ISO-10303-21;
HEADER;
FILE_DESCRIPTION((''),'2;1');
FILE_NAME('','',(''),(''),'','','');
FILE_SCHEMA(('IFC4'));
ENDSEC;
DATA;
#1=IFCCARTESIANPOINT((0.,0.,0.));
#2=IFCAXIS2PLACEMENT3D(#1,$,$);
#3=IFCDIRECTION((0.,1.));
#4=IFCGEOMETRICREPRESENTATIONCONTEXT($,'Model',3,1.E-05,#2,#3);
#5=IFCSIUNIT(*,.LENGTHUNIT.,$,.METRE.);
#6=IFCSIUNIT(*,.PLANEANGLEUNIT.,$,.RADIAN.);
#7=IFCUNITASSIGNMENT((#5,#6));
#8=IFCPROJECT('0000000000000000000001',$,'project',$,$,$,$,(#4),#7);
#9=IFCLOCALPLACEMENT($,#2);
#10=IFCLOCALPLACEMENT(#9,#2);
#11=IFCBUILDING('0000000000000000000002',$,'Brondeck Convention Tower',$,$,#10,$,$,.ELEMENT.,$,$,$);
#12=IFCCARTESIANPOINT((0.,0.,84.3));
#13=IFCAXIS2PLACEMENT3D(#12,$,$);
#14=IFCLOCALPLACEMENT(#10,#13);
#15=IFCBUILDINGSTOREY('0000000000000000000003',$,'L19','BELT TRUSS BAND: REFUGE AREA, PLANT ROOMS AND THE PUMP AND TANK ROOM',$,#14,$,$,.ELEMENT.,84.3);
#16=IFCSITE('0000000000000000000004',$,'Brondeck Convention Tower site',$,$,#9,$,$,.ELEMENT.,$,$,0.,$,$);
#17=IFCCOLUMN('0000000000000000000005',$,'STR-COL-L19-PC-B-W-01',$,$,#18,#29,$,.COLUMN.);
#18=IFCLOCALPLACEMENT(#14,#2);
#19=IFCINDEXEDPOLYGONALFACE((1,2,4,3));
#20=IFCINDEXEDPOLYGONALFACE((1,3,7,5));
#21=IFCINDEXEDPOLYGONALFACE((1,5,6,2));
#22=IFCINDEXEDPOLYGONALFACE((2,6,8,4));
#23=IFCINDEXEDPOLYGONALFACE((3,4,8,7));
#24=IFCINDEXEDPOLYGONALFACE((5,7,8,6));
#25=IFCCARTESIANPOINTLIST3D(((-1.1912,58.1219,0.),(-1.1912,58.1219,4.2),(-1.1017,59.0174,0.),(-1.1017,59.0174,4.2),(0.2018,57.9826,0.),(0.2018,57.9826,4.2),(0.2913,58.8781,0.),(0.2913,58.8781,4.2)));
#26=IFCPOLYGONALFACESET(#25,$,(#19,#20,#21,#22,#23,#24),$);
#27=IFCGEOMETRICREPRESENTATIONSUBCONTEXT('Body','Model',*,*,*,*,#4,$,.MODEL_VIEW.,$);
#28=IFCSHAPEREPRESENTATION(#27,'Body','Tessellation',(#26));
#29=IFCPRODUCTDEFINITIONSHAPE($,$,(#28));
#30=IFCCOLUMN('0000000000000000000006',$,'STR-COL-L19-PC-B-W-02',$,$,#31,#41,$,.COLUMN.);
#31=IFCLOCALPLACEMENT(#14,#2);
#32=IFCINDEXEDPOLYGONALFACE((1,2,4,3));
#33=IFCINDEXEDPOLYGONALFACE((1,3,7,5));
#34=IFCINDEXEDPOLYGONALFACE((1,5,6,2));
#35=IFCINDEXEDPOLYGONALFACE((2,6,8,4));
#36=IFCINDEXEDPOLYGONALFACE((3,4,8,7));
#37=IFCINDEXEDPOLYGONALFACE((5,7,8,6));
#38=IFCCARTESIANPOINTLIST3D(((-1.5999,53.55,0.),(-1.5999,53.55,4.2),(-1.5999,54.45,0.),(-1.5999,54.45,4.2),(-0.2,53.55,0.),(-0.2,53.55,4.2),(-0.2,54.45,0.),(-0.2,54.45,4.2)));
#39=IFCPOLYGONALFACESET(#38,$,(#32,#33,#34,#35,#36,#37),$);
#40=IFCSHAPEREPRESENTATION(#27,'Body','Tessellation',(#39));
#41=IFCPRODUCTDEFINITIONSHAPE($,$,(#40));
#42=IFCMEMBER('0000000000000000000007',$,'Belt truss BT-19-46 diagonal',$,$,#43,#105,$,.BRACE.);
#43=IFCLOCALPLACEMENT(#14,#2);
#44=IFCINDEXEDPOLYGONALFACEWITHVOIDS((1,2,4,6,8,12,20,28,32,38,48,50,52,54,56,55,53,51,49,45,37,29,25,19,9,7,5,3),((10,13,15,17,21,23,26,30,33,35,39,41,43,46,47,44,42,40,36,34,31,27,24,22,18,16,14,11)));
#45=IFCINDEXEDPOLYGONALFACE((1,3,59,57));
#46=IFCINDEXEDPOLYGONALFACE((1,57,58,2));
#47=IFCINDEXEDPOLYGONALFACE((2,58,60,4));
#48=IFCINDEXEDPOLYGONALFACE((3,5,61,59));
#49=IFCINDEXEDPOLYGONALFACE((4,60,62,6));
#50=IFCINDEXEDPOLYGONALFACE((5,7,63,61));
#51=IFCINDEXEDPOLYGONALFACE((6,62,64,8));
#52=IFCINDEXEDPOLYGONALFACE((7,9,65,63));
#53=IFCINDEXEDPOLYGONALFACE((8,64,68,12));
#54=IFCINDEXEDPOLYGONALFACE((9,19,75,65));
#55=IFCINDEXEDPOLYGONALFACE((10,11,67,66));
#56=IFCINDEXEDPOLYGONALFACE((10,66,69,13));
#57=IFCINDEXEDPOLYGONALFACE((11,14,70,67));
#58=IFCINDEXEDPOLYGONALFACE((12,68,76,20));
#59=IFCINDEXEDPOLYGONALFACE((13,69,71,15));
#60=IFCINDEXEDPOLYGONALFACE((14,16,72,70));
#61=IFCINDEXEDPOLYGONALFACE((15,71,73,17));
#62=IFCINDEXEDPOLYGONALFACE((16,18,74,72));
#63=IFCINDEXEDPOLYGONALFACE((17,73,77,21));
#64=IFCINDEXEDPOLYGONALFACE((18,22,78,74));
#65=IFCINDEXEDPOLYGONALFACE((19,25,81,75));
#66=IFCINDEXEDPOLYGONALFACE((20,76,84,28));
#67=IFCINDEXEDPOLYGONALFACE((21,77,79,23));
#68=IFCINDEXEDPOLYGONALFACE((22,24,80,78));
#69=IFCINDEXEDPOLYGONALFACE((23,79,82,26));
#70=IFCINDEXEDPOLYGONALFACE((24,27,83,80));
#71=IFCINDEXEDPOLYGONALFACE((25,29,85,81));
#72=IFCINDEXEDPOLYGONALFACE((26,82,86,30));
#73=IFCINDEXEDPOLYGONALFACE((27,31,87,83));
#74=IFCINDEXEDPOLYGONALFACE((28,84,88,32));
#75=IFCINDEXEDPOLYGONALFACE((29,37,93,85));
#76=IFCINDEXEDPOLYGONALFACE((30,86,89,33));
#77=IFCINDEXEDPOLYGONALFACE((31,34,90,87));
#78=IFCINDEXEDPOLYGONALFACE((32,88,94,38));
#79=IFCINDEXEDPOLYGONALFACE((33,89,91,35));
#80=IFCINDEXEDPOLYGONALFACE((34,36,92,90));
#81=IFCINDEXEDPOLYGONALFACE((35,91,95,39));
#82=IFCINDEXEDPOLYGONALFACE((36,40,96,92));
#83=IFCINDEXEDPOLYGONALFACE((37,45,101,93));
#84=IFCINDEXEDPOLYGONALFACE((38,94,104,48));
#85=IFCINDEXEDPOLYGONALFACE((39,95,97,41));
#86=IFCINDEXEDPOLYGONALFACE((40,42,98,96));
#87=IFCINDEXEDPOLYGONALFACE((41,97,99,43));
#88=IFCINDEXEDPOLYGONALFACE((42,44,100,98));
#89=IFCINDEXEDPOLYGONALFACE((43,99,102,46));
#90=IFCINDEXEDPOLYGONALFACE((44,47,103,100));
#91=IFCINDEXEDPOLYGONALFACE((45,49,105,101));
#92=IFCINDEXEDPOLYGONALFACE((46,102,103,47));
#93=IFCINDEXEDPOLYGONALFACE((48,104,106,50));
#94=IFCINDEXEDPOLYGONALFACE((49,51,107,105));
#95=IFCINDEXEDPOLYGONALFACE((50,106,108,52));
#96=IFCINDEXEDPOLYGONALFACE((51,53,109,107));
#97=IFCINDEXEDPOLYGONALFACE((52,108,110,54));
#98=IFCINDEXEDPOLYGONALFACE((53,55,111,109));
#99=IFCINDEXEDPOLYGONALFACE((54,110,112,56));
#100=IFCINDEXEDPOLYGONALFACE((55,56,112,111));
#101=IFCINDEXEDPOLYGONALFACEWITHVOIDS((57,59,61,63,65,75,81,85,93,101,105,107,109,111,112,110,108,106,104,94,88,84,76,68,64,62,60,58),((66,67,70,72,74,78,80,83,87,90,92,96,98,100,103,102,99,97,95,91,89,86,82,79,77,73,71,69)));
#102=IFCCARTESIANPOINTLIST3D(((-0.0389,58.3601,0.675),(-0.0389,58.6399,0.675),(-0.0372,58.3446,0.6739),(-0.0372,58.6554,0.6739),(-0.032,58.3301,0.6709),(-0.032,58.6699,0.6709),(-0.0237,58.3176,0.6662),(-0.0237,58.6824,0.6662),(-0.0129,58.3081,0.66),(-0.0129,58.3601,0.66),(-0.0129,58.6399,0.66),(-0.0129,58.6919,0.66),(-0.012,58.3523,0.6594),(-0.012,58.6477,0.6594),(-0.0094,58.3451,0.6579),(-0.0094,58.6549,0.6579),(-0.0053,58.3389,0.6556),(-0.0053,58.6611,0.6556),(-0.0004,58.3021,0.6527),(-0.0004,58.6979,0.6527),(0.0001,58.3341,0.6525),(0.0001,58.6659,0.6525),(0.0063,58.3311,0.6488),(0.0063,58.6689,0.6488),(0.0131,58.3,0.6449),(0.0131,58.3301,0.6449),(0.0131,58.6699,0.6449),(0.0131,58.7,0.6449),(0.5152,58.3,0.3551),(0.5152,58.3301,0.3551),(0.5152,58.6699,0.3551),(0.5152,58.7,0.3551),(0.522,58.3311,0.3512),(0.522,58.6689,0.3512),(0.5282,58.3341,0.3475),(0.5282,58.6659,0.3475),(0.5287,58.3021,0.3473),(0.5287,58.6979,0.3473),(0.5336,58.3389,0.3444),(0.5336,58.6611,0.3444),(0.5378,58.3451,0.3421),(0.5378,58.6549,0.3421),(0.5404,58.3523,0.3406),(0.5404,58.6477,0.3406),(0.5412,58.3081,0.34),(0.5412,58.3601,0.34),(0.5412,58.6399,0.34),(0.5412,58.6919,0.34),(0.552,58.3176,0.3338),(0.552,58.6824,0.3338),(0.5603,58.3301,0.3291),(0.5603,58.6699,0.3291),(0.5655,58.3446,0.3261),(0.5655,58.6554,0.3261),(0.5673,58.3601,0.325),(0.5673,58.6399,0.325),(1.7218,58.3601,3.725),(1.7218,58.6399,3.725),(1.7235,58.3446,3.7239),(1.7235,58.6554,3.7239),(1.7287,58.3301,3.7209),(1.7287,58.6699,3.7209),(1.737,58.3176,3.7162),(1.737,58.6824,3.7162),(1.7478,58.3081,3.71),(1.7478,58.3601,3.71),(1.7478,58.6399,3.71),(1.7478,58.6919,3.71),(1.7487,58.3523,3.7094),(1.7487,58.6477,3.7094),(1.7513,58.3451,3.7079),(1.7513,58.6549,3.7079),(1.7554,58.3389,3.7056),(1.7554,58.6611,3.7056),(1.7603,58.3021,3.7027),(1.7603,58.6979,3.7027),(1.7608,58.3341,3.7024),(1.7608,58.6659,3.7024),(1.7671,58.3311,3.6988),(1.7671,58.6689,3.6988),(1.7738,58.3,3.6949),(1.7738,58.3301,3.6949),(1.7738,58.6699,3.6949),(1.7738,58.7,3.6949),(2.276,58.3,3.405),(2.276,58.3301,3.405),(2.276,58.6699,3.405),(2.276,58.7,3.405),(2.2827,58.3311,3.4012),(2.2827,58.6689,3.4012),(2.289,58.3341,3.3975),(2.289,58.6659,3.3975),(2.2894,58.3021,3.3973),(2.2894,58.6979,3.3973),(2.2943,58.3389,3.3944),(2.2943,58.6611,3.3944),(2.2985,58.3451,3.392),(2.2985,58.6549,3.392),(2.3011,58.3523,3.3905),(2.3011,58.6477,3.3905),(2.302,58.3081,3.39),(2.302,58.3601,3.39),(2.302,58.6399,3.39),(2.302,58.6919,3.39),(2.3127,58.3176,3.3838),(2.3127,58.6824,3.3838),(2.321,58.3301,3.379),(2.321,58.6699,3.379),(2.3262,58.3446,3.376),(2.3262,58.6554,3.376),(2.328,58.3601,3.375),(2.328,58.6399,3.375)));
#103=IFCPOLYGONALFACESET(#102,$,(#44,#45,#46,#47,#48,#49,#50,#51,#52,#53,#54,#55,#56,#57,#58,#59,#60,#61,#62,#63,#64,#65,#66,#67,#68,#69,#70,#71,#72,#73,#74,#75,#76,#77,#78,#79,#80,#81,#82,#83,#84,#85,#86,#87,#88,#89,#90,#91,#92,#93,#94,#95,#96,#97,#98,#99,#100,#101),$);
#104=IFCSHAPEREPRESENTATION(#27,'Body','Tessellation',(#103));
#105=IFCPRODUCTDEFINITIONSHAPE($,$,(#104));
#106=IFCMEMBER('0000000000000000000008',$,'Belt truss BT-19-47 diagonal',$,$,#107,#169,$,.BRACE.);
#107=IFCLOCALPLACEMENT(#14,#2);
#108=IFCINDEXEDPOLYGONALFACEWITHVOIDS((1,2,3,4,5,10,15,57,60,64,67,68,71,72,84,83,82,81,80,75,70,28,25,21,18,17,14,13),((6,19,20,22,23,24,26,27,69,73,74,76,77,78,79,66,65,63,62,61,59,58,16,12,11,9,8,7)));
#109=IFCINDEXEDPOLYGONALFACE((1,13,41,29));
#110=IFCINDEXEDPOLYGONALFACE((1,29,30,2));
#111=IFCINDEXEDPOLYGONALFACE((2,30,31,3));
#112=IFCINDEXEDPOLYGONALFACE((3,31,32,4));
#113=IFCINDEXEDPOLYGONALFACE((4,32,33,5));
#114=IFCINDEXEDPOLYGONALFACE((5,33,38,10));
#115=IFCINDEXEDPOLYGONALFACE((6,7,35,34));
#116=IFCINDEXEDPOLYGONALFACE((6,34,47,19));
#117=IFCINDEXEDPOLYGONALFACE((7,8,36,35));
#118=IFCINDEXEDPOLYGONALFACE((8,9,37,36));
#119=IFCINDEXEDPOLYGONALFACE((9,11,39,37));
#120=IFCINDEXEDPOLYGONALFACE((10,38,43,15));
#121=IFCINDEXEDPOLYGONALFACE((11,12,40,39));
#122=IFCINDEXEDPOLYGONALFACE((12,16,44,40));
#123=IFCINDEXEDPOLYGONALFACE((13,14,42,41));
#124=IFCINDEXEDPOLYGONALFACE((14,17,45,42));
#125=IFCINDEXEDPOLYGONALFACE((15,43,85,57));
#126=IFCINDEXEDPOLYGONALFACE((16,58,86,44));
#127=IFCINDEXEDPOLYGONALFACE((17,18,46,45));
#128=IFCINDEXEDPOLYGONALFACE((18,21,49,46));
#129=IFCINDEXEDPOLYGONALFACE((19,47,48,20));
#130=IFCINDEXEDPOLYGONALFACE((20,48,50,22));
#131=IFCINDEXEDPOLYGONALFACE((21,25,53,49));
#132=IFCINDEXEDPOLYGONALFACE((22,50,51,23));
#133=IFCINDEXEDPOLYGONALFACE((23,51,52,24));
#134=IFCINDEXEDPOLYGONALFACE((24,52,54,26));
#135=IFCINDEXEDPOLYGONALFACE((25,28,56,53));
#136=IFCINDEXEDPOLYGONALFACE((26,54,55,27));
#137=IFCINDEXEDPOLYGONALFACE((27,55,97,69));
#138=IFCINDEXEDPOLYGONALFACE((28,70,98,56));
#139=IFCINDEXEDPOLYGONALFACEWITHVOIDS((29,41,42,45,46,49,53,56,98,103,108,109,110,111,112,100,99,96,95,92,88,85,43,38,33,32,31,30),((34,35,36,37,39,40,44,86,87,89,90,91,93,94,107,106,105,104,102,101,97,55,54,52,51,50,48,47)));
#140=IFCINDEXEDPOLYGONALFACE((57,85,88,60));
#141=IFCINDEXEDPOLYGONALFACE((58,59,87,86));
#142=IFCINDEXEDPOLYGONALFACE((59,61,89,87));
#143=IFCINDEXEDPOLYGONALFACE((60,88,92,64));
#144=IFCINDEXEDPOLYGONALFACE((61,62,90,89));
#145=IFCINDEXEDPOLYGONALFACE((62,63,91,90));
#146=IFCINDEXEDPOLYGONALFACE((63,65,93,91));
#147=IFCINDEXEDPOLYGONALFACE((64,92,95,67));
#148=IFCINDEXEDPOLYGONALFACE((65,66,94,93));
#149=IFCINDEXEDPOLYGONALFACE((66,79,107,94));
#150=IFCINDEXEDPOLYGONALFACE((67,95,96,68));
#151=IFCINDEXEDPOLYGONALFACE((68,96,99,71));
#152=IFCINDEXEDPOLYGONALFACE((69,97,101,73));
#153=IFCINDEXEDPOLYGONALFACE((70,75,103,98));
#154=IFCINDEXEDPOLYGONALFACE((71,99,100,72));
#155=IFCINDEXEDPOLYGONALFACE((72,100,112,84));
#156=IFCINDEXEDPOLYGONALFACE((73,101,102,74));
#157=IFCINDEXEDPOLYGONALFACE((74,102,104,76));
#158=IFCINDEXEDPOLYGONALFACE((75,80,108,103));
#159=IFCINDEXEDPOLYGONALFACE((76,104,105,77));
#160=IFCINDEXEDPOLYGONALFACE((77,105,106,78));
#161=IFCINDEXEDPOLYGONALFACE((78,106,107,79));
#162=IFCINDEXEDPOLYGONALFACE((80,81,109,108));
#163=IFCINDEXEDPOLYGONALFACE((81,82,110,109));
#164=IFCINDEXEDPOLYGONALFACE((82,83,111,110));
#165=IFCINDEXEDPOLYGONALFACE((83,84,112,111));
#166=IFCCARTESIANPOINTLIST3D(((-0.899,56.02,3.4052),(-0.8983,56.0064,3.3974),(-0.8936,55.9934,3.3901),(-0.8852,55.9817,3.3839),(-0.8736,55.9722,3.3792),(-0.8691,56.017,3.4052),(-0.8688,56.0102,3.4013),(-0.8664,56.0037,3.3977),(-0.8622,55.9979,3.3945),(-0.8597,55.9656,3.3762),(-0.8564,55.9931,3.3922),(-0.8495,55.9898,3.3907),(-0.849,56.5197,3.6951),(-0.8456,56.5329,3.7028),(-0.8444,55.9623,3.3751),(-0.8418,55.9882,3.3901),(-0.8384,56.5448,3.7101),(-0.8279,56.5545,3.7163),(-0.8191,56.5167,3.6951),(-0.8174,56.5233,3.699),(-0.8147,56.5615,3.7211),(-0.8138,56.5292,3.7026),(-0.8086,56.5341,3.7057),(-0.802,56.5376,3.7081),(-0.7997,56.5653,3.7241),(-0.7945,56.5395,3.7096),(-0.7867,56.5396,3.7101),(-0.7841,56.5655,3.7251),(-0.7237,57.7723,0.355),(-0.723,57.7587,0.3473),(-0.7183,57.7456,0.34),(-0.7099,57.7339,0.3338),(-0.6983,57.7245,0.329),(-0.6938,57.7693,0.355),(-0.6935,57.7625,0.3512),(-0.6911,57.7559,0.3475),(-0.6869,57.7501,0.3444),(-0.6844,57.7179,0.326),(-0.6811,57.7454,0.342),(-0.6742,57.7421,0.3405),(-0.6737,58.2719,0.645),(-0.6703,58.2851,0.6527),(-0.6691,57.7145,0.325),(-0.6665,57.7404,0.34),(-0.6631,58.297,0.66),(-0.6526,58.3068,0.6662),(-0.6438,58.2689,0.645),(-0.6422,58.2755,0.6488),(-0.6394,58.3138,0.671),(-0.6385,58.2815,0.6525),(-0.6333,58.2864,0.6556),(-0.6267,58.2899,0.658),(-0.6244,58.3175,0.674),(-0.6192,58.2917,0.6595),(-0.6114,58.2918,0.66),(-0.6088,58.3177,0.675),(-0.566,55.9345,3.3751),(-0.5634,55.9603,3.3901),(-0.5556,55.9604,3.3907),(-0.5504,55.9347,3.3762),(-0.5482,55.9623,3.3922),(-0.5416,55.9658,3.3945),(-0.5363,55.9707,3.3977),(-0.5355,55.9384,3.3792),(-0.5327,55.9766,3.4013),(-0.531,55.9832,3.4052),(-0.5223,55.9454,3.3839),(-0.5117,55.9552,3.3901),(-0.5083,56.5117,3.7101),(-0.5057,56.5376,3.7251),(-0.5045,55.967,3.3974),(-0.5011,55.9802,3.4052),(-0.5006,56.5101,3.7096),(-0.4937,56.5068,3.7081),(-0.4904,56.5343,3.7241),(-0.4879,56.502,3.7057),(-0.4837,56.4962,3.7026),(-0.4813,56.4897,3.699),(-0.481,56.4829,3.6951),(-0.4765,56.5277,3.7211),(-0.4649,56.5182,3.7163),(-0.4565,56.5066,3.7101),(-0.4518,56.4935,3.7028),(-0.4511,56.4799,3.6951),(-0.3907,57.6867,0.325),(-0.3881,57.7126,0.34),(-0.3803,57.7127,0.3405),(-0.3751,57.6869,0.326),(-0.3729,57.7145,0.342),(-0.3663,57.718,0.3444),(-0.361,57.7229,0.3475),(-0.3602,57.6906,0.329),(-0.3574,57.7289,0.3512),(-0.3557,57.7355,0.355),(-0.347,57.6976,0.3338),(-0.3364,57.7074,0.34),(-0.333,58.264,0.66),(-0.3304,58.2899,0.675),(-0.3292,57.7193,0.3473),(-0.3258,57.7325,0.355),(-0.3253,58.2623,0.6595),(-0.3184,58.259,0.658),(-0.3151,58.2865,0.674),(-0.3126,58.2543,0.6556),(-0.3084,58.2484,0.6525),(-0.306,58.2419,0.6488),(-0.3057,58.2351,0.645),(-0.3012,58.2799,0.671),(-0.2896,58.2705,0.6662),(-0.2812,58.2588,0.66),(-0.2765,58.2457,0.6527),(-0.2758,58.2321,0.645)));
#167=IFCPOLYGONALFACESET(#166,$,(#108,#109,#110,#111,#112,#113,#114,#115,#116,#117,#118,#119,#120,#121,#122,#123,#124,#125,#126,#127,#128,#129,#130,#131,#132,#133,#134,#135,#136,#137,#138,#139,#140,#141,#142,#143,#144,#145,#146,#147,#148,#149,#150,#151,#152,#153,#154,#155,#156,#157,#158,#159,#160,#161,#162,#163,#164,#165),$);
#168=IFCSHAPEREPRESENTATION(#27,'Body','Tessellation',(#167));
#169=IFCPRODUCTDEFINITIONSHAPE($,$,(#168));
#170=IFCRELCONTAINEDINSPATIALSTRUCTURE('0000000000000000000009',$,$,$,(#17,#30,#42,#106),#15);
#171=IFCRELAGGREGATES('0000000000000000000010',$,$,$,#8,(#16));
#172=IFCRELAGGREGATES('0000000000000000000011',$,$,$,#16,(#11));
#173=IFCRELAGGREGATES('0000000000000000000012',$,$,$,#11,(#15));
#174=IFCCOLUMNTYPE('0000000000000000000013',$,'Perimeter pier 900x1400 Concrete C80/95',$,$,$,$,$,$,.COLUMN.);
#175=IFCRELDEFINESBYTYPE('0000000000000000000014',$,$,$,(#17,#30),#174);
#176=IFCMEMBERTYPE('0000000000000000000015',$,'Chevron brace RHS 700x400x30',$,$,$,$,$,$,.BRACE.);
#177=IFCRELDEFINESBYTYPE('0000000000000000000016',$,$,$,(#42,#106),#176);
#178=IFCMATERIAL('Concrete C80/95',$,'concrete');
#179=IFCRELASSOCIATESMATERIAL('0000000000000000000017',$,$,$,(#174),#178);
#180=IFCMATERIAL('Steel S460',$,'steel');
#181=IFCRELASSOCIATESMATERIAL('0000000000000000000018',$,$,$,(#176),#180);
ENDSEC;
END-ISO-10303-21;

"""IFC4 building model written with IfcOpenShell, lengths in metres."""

from ifc_helpers import new_model, si_unit, direction, frame, origin, origin_2d, place, context, subcontext, project, spatial, rectangle, hollow_rectangle, extrude, material, material_profile, profile_set, type_object, element, save


model = new_model("IFC4")

# Units and contexts
model_context = context("Model", 3, precision=1e-05, world=origin(), true_north=direction((0.0, 1.0)))
body_context = subcontext(model_context, "Body", "Model", "MODEL_VIEW")
ifc_project = project(units=[si_unit("LENGTHUNIT", "METRE"), si_unit("PLANEANGLEUNIT", "RADIAN")], contexts=[model_context])

# Site, building, storey
site_placement = place(None, origin())
site = spatial("IfcSite", under=ifc_project, at=site_placement, Name="Brondeck Convention Tower site", CompositionType="ELEMENT", RefElevation=0.0)
building_placement = place(site_placement, origin())
building = spatial("IfcBuilding", under=site, at=building_placement, Name="Brondeck Convention Tower", CompositionType="ELEMENT")
storey_placement = place(building_placement, frame((0.0, 0.0, 84.3)))
storey = spatial("IfcBuildingStorey", under=building, at=storey_placement, Name="L19", Description="BELT TRUSS BAND: REFUGE AREA, PLANT ROOMS AND THE PUMP AND TANK ROOM", CompositionType="ELEMENT", Elevation=84.3)

# Columns
ifc_material_1 = material(Name="Concrete C80/95", Category="concrete")
ifc_material_profile_1 = material_profile(ifc_material_1, rectangle(XDim=0.8999, YDim=1.3999, at=origin_2d()), Name="Perimeter pier 900x1400 Concrete C80/95")
ifc_profile_set_1 = profile_set([ifc_material_profile_1], Name="Concrete C80/95")
column_type = type_object("IfcColumnType", Name="Perimeter pier 900x1400 Concrete C80/95", PredefinedType="COLUMN", material=ifc_profile_set_1)
for number, where, z_axis, x_axis, name in (
    (1, (-0.45, 58.5, 0.0), (0.0, 0.0, 1.0), (-0.099504, -0.995037, 0.0), "STR-COL-L19-PC-B-W-01"),
    (2, (-0.8999, 54.0, 0.0), (0.0, 0.0, 1.0), (0.0, -1.0, 0.0), "STR-COL-L19-PC-B-W-02"),
):
    element("IfcColumn", number, at=place(storey_placement, frame(where, z_axis=z_axis, x_axis=x_axis)), inside=storey, type_object=column_type, Name=name, PredefinedType="COLUMN", context=body_context, shape_type="SweptSolid", body=[
        extrude(rectangle(XDim=0.8999, YDim=1.3999, at=origin_2d()), origin(), (0.0, 0.0, 1.0), 4.2),
    ])

# Members
ifc_material_2 = material(Name="Steel S460", Category="steel")
ifc_material_profile_2 = material_profile(ifc_material_2, hollow_rectangle(XDim=0.3999, YDim=0.7, WallThickness=0.03, InnerFilletRadius=0.03, OuterFilletRadius=0.0601, at=origin_2d()), Name="RHS 700x400x30")
ifc_profile_set_2 = profile_set([ifc_material_profile_2], Name="Steel S460")
member_type_1 = type_object("IfcMemberType", Name="Chevron brace RHS 700x400x30", PredefinedType="BRACE", material=ifc_profile_set_2)
member_1_placement = place(storey_placement, frame((0.2642, 58.5, 0.5), z_axis=(0.499956, 0.0, 0.866051), x_axis=(0.0, 1.0, 0.0)))
element("IfcMember", 3, at=member_1_placement, inside=storey, type_object=member_type_1, Name="Belt truss BT-19-46 diagonal", PredefinedType="BRACE", context=body_context, shape_type="SweptSolid", body=[
    extrude(hollow_rectangle(XDim=0.3999, YDim=0.7, WallThickness=0.03, InnerFilletRadius=0.03, OuterFilletRadius=0.0601, at=origin_2d()), origin(), (0.0, 0.0, 1.0), 3.5217),
])
for number, where, z_axis, x_axis, name in (
    (4, (-0.4998, 58.0022, 0.5), (-0.049772, -0.497516, 0.866026), (0.995033, -0.099545, 0.0), "Belt truss BT-19-47 diagonal"),
):
    element("IfcMember", number, at=place(storey_placement, frame(where, z_axis=z_axis, x_axis=x_axis)), inside=storey, type_object=member_type_1, Name=name, PredefinedType="BRACE", context=body_context, shape_type="SweptSolid", body=[
        extrude(hollow_rectangle(XDim=0.3999, YDim=0.7, WallThickness=0.03, InnerFilletRadius=0.03, OuterFilletRadius=0.0601, at=origin_2d()), origin(), (0.0, 0.0, 1.0), 3.522),
    ])

save(model, "model.ifc")
